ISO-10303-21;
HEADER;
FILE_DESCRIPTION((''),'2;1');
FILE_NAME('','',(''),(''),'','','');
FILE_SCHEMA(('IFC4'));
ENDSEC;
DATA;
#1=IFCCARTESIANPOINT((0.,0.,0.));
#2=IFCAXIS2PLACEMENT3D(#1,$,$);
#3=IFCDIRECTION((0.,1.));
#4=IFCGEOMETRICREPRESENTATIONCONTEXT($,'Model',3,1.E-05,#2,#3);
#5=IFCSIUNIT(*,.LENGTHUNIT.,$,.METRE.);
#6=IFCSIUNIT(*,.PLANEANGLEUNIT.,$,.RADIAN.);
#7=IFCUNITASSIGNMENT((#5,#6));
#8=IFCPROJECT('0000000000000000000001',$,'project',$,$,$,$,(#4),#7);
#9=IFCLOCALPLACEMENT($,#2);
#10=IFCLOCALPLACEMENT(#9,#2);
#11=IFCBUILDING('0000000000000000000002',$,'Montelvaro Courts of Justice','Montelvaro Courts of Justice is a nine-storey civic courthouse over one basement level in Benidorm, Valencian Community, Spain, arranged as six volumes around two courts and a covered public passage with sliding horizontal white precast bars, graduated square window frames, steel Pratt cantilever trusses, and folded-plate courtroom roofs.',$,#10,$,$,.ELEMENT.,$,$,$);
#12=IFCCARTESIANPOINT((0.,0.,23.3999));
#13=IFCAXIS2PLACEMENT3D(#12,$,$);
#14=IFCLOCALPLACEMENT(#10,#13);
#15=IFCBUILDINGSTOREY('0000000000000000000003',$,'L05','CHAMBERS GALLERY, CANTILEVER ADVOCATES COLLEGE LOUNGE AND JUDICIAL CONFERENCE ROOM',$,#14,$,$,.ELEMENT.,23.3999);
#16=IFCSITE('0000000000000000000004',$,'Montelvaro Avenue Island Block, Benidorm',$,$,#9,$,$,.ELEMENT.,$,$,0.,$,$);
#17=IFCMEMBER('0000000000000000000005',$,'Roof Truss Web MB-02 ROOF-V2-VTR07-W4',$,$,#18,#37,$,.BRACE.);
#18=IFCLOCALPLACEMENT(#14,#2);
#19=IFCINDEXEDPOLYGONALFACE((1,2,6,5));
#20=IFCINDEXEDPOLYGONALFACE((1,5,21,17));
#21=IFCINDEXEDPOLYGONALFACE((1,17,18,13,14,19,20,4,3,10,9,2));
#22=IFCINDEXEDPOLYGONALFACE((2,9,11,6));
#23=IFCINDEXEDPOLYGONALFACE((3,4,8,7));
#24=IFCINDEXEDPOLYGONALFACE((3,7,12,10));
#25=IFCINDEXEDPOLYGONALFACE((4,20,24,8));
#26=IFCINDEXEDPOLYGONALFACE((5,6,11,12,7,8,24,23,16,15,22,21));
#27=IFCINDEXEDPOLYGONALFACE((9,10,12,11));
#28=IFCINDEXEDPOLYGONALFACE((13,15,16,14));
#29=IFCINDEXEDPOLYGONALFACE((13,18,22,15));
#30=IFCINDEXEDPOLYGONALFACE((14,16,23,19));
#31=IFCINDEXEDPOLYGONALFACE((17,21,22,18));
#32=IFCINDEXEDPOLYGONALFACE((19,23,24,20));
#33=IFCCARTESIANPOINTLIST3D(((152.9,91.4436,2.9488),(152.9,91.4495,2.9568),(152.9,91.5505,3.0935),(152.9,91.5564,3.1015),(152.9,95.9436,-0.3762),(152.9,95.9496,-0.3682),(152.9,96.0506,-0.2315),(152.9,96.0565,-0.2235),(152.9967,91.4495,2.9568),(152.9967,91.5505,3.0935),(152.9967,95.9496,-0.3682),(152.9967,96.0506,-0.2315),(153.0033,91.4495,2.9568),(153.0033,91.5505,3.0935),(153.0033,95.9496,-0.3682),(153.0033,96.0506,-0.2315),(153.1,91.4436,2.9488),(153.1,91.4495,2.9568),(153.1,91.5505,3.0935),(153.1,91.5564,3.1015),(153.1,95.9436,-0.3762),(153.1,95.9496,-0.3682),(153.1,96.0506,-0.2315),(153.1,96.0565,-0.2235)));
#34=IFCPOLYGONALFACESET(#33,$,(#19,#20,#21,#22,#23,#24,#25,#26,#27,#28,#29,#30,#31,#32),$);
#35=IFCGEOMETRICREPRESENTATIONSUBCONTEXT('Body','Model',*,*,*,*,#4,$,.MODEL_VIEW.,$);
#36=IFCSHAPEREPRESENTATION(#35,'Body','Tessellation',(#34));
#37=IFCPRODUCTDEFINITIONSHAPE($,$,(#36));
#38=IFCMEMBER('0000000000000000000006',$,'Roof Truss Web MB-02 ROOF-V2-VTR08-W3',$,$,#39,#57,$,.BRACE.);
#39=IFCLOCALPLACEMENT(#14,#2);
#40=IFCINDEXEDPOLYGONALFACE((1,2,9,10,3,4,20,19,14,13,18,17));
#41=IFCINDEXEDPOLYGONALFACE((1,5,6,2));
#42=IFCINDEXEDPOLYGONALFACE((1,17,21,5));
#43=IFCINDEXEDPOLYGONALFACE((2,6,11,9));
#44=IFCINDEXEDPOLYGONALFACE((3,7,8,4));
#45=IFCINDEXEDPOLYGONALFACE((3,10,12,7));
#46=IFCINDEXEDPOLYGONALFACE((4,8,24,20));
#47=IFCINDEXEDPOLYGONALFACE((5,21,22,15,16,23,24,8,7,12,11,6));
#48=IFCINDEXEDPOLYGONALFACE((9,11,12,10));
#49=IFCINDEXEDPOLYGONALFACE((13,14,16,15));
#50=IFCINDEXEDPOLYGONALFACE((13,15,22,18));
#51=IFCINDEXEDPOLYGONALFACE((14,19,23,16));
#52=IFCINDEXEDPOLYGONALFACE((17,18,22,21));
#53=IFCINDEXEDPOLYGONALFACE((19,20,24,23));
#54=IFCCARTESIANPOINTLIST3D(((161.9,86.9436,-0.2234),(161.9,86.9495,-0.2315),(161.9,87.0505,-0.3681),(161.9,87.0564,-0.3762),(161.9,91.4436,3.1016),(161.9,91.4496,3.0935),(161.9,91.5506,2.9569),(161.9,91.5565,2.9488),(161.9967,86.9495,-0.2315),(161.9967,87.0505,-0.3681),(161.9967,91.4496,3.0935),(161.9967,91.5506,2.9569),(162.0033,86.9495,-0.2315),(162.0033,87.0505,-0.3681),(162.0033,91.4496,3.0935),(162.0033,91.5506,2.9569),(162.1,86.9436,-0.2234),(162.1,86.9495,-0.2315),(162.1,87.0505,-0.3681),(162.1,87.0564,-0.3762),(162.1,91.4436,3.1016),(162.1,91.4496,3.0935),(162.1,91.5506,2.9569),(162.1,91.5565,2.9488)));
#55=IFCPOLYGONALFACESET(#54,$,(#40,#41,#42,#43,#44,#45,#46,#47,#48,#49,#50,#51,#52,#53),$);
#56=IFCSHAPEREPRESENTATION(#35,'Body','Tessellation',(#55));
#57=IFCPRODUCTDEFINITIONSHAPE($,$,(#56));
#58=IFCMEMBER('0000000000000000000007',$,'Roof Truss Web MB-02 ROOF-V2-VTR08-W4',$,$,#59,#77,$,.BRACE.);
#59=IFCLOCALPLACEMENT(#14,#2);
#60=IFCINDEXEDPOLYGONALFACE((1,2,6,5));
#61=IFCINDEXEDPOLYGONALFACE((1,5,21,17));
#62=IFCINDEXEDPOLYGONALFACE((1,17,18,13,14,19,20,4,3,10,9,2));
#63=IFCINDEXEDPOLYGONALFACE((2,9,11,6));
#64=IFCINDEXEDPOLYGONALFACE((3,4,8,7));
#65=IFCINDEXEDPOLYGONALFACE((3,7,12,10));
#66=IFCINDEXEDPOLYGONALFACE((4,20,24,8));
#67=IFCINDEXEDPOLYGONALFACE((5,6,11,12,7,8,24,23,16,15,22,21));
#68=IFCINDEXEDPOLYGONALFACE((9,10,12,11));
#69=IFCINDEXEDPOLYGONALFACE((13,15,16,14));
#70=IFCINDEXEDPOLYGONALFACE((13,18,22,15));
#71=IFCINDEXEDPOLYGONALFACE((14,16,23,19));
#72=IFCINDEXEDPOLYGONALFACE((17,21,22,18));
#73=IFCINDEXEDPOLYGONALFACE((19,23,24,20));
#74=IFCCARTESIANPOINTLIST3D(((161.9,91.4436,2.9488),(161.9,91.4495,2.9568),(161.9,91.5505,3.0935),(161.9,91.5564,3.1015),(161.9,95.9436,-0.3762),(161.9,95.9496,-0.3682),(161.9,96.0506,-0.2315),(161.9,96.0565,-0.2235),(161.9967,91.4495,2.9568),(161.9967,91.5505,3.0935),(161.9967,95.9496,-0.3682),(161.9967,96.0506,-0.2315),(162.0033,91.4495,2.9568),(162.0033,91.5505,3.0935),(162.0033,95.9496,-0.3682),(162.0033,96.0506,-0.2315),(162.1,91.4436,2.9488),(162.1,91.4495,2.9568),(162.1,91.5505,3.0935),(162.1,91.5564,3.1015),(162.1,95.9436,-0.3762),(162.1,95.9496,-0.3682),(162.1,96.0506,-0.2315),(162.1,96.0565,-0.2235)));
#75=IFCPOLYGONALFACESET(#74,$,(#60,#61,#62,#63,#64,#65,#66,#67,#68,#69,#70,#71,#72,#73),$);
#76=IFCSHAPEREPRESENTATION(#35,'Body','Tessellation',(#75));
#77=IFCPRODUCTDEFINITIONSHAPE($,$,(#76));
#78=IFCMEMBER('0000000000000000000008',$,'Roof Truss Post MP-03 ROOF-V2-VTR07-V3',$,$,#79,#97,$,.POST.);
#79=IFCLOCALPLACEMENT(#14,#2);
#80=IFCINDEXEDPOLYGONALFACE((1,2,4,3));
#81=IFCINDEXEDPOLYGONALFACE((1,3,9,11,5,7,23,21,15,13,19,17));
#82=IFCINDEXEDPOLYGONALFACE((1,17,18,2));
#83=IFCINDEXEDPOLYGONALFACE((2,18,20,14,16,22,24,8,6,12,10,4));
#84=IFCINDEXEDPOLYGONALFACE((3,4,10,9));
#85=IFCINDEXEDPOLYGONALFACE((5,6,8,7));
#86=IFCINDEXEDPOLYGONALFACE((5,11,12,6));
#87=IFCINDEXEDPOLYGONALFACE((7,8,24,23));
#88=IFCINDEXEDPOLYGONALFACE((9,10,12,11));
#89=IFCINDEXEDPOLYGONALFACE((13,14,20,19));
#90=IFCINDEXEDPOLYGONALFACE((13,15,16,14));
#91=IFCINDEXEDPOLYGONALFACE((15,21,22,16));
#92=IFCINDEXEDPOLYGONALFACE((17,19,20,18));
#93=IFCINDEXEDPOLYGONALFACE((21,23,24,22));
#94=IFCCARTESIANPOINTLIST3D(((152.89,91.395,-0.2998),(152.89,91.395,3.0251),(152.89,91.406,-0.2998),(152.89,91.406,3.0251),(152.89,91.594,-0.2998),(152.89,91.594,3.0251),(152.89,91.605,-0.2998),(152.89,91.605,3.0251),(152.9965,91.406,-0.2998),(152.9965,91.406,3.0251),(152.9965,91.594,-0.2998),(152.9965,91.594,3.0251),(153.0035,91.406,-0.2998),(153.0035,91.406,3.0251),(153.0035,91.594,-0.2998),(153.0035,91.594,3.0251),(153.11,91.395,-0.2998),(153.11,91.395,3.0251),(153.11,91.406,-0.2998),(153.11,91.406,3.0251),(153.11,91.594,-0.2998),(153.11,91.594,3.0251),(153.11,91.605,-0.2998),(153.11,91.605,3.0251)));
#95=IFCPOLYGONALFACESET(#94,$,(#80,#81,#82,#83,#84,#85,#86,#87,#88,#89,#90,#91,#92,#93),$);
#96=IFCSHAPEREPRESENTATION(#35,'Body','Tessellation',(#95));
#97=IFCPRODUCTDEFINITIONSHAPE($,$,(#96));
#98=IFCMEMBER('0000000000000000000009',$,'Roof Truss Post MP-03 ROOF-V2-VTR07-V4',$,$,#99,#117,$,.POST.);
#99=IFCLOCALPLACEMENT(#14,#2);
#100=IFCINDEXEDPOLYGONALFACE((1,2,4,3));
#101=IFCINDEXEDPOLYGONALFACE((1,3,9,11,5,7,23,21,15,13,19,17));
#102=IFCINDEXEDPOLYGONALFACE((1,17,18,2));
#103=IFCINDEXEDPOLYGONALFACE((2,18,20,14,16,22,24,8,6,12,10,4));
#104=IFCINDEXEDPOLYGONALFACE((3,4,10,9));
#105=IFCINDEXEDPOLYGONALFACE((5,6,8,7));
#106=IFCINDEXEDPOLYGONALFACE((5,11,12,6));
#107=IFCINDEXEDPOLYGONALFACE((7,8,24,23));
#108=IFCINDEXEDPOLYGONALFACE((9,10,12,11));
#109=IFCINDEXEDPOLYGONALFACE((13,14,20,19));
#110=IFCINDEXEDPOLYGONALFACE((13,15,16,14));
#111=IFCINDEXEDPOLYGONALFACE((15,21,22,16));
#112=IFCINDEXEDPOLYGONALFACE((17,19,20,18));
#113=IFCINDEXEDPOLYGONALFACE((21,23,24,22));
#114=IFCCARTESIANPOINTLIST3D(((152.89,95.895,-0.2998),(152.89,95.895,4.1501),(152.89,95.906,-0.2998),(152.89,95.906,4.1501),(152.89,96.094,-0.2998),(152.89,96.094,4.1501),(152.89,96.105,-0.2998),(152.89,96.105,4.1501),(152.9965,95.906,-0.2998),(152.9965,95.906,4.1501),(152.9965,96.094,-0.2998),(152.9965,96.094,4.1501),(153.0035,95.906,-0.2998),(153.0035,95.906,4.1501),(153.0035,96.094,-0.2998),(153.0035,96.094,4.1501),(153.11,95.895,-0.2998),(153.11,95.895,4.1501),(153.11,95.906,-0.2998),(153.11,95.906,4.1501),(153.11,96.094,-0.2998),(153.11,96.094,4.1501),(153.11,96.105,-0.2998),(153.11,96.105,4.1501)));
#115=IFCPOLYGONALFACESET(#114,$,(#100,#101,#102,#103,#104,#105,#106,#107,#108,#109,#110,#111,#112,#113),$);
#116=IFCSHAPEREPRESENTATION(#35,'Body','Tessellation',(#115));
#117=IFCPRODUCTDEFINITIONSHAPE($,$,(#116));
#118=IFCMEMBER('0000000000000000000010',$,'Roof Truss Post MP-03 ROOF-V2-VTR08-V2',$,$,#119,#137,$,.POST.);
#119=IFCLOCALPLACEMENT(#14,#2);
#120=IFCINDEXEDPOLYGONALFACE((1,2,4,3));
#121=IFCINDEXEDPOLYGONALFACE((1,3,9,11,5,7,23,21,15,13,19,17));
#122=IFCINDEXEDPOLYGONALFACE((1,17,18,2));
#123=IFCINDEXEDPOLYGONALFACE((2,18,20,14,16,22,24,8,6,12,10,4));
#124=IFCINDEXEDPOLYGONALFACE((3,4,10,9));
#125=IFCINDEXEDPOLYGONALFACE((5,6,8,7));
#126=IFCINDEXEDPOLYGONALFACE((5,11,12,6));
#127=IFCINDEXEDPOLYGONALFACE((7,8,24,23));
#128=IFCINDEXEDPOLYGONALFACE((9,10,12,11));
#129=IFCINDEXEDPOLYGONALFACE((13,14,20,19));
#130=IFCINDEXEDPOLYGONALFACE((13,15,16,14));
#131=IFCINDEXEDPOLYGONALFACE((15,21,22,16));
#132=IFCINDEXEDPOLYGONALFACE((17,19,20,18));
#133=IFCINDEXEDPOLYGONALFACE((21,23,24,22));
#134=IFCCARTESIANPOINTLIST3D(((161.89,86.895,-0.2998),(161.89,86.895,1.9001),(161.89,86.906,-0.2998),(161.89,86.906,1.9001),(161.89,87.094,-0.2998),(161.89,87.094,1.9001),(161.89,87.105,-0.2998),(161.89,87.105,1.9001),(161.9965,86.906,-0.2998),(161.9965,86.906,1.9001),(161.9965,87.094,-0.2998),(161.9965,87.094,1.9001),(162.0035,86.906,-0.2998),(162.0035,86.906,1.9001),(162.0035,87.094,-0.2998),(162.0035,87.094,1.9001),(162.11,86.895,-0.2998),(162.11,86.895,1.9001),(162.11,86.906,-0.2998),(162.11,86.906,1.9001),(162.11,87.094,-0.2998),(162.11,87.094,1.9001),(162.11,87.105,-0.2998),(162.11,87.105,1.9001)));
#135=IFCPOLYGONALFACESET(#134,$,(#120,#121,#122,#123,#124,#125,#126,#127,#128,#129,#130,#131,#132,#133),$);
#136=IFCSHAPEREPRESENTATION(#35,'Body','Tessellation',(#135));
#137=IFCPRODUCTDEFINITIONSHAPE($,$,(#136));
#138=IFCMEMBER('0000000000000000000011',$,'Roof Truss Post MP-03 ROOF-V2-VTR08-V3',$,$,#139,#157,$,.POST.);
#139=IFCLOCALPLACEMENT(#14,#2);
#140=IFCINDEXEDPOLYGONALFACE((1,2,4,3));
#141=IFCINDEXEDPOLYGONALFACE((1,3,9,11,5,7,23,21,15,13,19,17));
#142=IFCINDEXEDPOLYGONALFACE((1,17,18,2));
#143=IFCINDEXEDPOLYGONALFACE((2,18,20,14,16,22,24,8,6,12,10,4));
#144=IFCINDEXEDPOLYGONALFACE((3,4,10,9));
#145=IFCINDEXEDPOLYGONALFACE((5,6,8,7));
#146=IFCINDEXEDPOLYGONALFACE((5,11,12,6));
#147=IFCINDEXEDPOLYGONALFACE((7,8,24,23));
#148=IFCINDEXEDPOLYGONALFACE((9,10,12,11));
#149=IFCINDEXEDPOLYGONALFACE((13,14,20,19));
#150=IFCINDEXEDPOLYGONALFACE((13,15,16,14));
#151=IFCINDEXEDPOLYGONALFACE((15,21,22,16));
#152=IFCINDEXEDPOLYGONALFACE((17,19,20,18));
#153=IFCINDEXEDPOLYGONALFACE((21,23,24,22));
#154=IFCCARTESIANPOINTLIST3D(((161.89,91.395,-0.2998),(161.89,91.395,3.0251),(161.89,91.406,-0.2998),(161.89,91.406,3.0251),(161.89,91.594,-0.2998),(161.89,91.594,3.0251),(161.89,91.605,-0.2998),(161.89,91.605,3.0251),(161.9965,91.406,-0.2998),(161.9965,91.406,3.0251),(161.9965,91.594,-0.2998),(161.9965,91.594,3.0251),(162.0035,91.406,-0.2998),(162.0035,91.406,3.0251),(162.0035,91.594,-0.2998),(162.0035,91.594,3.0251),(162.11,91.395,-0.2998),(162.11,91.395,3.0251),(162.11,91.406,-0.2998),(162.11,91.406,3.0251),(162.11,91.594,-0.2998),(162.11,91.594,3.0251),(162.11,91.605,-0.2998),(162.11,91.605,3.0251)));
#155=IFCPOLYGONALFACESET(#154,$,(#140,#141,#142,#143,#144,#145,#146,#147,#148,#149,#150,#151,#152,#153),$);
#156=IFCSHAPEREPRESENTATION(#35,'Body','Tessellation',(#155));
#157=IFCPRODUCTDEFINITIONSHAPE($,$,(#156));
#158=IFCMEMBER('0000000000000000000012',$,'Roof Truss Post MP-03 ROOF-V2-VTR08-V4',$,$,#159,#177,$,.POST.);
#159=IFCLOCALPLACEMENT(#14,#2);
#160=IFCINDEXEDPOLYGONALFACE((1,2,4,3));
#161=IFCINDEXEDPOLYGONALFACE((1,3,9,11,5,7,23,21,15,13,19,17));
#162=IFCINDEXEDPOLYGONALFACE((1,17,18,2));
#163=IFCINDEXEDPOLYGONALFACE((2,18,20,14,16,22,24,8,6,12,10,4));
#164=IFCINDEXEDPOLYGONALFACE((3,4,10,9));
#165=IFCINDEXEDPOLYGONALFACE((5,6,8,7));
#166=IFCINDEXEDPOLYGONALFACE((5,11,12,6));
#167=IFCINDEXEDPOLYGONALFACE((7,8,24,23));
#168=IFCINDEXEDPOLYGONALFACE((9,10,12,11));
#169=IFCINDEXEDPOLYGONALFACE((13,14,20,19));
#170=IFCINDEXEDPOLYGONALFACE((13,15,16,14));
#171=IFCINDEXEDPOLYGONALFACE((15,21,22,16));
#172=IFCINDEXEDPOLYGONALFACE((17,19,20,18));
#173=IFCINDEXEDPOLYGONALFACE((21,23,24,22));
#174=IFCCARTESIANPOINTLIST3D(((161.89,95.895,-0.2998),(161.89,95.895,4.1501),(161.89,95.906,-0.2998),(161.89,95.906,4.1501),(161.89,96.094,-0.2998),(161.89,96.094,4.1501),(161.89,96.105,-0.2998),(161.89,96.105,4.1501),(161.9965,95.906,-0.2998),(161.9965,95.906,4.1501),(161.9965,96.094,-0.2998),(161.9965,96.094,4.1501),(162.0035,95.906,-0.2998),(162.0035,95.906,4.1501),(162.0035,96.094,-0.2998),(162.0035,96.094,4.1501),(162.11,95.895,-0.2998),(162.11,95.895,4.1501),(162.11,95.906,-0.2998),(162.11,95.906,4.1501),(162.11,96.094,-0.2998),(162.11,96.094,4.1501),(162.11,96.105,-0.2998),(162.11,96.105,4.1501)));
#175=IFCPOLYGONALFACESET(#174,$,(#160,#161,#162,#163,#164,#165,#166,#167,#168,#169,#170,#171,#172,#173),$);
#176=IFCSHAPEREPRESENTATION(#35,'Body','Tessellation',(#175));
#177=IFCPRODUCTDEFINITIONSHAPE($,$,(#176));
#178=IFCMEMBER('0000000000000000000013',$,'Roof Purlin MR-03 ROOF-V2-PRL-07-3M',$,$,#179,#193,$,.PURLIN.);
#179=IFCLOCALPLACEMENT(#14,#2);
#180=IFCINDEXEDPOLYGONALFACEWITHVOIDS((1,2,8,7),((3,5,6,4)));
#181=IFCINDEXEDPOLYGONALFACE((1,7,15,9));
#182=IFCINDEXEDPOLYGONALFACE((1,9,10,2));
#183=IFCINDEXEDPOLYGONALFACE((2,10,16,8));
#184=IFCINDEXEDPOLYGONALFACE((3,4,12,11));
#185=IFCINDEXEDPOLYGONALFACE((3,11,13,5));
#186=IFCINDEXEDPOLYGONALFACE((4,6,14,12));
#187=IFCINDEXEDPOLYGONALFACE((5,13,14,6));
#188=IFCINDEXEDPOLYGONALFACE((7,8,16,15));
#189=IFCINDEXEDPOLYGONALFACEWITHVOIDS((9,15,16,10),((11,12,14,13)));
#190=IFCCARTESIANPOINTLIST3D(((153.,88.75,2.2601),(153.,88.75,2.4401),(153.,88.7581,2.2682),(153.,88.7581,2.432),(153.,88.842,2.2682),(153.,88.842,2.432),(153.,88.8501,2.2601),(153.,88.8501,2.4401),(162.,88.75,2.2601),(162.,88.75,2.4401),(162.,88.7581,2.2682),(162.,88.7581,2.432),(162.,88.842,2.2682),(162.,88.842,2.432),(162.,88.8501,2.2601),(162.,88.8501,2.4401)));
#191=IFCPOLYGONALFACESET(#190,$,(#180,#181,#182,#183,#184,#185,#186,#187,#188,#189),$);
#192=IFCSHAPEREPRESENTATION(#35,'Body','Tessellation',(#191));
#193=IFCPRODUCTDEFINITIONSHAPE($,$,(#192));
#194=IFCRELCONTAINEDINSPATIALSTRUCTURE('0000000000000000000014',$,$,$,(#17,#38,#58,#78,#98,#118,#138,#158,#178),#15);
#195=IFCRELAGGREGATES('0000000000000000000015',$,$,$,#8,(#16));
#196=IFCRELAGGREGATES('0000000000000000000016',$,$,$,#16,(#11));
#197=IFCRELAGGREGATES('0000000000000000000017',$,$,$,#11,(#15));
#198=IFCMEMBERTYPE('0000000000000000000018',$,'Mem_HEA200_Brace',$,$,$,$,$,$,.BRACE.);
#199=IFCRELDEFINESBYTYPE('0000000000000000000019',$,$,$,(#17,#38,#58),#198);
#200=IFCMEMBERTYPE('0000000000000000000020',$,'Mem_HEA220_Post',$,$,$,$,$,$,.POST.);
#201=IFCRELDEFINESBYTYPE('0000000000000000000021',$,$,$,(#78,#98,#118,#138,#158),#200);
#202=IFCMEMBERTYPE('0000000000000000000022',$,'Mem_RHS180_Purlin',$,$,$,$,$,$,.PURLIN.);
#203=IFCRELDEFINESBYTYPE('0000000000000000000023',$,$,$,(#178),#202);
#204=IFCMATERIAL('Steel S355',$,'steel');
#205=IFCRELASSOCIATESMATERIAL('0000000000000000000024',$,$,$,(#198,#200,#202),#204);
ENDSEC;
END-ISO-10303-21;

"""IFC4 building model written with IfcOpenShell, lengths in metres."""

from ifc_helpers import new_model, si_unit, direction, frame, origin, origin_2d, place, context, subcontext, project, spatial, hollow_rectangle, i_section, extrude, material, material_profile, profile_set, type_object, element, save


model = new_model("IFC4")

# Units and contexts
model_context = context("Model", 3, precision=1e-05, world=origin(), true_north=direction((0.0, 1.0)))
body_context = subcontext(model_context, "Body", "Model", "MODEL_VIEW")
ifc_project = project(units=[si_unit("LENGTHUNIT", "METRE"), si_unit("PLANEANGLEUNIT", "RADIAN")], contexts=[model_context])

# Site, building, storey
site_placement = place(None, origin())
site = spatial("IfcSite", under=ifc_project, at=site_placement, Name="Montelvaro Avenue Island Block, Benidorm", CompositionType="ELEMENT", RefElevation=0.0)
building_placement = place(site_placement, origin())
building = spatial("IfcBuilding", under=site, at=building_placement, Name="Montelvaro Courts of Justice", Description="Montelvaro Courts of Justice is a nine-storey civic courthouse over one basement level in Benidorm, Valencian Community, Spain, arranged as six volumes around two courts and a covered public passage with sliding horizontal white precast bars, graduated square window frames, steel Pratt cantilever trusses, and folded-plate courtroom roofs.", CompositionType="ELEMENT")
storey_placement = place(building_placement, frame((0.0, 0.0, 23.3999)))
storey = spatial("IfcBuildingStorey", under=building, at=storey_placement, Name="L05", Description="CHAMBERS GALLERY, CANTILEVER ADVOCATES COLLEGE LOUNGE AND JUDICIAL CONFERENCE ROOM", CompositionType="ELEMENT", Elevation=23.3999)

# Members
ifc_material = material(Name="Steel S355", Category="steel")
ifc_material_profile_1 = material_profile(ifc_material, i_section(OverallWidth=0.2, OverallDepth=0.1899, WebThickness=0.0066, FlangeThickness=0.01, at=origin_2d()), Name="HEA 200")
ifc_profile_set_1 = profile_set([ifc_material_profile_1], Name="Steel S355")
member_type_1 = type_object("IfcMemberType", Name="Mem_HEA200_Brace", PredefinedType="BRACE", material=ifc_profile_set_1)
for number, where, z_axis, x_axis, name in (
    (1, (153.0, 91.5, 3.0251), (0.0, 0.804273, -0.59426), (-1.0, 0.0, 0.0), "Roof Truss Web MB-02 ROOF-V2-VTR07-W4"),
    (2, (162.0, 87.0, -0.2998), (0.0, 0.804273, 0.59426), (-1.0, 0.0, 0.0), "Roof Truss Web MB-02 ROOF-V2-VTR08-W3"),
    (3, (162.0, 91.5, 3.0251), (0.0, 0.804273, -0.59426), (-1.0, 0.0, 0.0), "Roof Truss Web MB-02 ROOF-V2-VTR08-W4"),
):
    element("IfcMember", number, at=place(storey_placement, frame(where, z_axis=z_axis, x_axis=x_axis)), inside=storey, type_object=member_type_1, Name=name, PredefinedType="BRACE", context=body_context, shape_type="SweptSolid", body=[
        extrude(i_section(OverallWidth=0.2, OverallDepth=0.1899, WebThickness=0.0066, FlangeThickness=0.01, at=origin_2d()), origin(), (0.0, 0.0, 1.0), 5.5952),
    ])
ifc_material_profile_2 = material_profile(ifc_material, i_section(OverallWidth=0.22, OverallDepth=0.21, WebThickness=0.0071, FlangeThickness=0.011, at=origin_2d()), Name="HEA 220")
ifc_profile_set_2 = profile_set([ifc_material_profile_2], Name="Steel S355")
member_type_2 = type_object("IfcMemberType", Name="Mem_HEA220_Post", PredefinedType="POST", material=ifc_profile_set_2)
member_1_placement = place(storey_placement, frame((153.0, 91.5, -0.2998), z_axis=(0.0, 0.0, 1.0), x_axis=(1.0, 0.0, 0.0)))
element("IfcMember", 4, at=member_1_placement, inside=storey, type_object=member_type_2, Name="Roof Truss Post MP-03 ROOF-V2-VTR07-V3", PredefinedType="POST", context=body_context, shape_type="SweptSolid", body=[
    extrude(i_section(OverallWidth=0.22, OverallDepth=0.21, WebThickness=0.0071, FlangeThickness=0.011, at=origin_2d()), origin(), (0.0, 0.0, 1.0), 3.325),
])
member_2_placement = place(storey_placement, frame((153.0, 96.0, -0.2998), z_axis=(0.0, 0.0, 1.0), x_axis=(1.0, 0.0, 0.0)))
element("IfcMember", 5, at=member_2_placement, inside=storey, type_object=member_type_2, Name="Roof Truss Post MP-03 ROOF-V2-VTR07-V4", PredefinedType="POST", context=body_context, shape_type="SweptSolid", body=[
    extrude(i_section(OverallWidth=0.22, OverallDepth=0.21, WebThickness=0.0071, FlangeThickness=0.011, at=origin_2d()), origin(), (0.0, 0.0, 1.0), 4.45),
])
member_3_placement = place(storey_placement, frame((162.0, 87.0, -0.2998), z_axis=(0.0, 0.0, 1.0), x_axis=(1.0, 0.0, 0.0)))
element("IfcMember", 6, at=member_3_placement, inside=storey, type_object=member_type_2, Name="Roof Truss Post MP-03 ROOF-V2-VTR08-V2", PredefinedType="POST", context=body_context, shape_type="SweptSolid", body=[
    extrude(i_section(OverallWidth=0.22, OverallDepth=0.21, WebThickness=0.0071, FlangeThickness=0.011, at=origin_2d()), origin(), (0.0, 0.0, 1.0), 2.2),
])
member_4_placement = place(storey_placement, frame((162.0, 91.5, -0.2998), z_axis=(0.0, 0.0, 1.0), x_axis=(1.0, 0.0, 0.0)))
element("IfcMember", 7, at=member_4_placement, inside=storey, type_object=member_type_2, Name="Roof Truss Post MP-03 ROOF-V2-VTR08-V3", PredefinedType="POST", context=body_context, shape_type="SweptSolid", body=[
    extrude(i_section(OverallWidth=0.22, OverallDepth=0.21, WebThickness=0.0071, FlangeThickness=0.011, at=origin_2d()), origin(), (0.0, 0.0, 1.0), 3.325),
])
member_5_placement = place(storey_placement, frame((162.0, 96.0, -0.2998), z_axis=(0.0, 0.0, 1.0), x_axis=(1.0, 0.0, 0.0)))
element("IfcMember", 8, at=member_5_placement, inside=storey, type_object=member_type_2, Name="Roof Truss Post MP-03 ROOF-V2-VTR08-V4", PredefinedType="POST", context=body_context, shape_type="SweptSolid", body=[
    extrude(i_section(OverallWidth=0.22, OverallDepth=0.21, WebThickness=0.0071, FlangeThickness=0.011, at=origin_2d()), origin(), (0.0, 0.0, 1.0), 4.45),
])
ifc_material_profile_3 = material_profile(ifc_material, hollow_rectangle(XDim=0.1001, YDim=0.1799, WallThickness=0.0081, at=origin_2d()), Name="RHS 180x100x8")
ifc_profile_set_3 = profile_set([ifc_material_profile_3], Name="Steel S355")
member_type_3 = type_object("IfcMemberType", Name="Mem_RHS180_Purlin", PredefinedType="PURLIN", material=ifc_profile_set_3)
member_6_placement = place(storey_placement, frame((153.0, 88.8, 2.3501), z_axis=(1.0, 0.0, 0.0), x_axis=(0.0, 1.0, 0.0)))
element("IfcMember", 9, at=member_6_placement, inside=storey, type_object=member_type_3, Name="Roof Purlin MR-03 ROOF-V2-PRL-07-3M", PredefinedType="PURLIN", context=body_context, shape_type="SweptSolid", body=[
    extrude(hollow_rectangle(XDim=0.1001, YDim=0.1799, WallThickness=0.0081, at=origin_2d()), origin(), (0.0, 0.0, 1.0), 9.0),
])

save(model, "model.ifc")
